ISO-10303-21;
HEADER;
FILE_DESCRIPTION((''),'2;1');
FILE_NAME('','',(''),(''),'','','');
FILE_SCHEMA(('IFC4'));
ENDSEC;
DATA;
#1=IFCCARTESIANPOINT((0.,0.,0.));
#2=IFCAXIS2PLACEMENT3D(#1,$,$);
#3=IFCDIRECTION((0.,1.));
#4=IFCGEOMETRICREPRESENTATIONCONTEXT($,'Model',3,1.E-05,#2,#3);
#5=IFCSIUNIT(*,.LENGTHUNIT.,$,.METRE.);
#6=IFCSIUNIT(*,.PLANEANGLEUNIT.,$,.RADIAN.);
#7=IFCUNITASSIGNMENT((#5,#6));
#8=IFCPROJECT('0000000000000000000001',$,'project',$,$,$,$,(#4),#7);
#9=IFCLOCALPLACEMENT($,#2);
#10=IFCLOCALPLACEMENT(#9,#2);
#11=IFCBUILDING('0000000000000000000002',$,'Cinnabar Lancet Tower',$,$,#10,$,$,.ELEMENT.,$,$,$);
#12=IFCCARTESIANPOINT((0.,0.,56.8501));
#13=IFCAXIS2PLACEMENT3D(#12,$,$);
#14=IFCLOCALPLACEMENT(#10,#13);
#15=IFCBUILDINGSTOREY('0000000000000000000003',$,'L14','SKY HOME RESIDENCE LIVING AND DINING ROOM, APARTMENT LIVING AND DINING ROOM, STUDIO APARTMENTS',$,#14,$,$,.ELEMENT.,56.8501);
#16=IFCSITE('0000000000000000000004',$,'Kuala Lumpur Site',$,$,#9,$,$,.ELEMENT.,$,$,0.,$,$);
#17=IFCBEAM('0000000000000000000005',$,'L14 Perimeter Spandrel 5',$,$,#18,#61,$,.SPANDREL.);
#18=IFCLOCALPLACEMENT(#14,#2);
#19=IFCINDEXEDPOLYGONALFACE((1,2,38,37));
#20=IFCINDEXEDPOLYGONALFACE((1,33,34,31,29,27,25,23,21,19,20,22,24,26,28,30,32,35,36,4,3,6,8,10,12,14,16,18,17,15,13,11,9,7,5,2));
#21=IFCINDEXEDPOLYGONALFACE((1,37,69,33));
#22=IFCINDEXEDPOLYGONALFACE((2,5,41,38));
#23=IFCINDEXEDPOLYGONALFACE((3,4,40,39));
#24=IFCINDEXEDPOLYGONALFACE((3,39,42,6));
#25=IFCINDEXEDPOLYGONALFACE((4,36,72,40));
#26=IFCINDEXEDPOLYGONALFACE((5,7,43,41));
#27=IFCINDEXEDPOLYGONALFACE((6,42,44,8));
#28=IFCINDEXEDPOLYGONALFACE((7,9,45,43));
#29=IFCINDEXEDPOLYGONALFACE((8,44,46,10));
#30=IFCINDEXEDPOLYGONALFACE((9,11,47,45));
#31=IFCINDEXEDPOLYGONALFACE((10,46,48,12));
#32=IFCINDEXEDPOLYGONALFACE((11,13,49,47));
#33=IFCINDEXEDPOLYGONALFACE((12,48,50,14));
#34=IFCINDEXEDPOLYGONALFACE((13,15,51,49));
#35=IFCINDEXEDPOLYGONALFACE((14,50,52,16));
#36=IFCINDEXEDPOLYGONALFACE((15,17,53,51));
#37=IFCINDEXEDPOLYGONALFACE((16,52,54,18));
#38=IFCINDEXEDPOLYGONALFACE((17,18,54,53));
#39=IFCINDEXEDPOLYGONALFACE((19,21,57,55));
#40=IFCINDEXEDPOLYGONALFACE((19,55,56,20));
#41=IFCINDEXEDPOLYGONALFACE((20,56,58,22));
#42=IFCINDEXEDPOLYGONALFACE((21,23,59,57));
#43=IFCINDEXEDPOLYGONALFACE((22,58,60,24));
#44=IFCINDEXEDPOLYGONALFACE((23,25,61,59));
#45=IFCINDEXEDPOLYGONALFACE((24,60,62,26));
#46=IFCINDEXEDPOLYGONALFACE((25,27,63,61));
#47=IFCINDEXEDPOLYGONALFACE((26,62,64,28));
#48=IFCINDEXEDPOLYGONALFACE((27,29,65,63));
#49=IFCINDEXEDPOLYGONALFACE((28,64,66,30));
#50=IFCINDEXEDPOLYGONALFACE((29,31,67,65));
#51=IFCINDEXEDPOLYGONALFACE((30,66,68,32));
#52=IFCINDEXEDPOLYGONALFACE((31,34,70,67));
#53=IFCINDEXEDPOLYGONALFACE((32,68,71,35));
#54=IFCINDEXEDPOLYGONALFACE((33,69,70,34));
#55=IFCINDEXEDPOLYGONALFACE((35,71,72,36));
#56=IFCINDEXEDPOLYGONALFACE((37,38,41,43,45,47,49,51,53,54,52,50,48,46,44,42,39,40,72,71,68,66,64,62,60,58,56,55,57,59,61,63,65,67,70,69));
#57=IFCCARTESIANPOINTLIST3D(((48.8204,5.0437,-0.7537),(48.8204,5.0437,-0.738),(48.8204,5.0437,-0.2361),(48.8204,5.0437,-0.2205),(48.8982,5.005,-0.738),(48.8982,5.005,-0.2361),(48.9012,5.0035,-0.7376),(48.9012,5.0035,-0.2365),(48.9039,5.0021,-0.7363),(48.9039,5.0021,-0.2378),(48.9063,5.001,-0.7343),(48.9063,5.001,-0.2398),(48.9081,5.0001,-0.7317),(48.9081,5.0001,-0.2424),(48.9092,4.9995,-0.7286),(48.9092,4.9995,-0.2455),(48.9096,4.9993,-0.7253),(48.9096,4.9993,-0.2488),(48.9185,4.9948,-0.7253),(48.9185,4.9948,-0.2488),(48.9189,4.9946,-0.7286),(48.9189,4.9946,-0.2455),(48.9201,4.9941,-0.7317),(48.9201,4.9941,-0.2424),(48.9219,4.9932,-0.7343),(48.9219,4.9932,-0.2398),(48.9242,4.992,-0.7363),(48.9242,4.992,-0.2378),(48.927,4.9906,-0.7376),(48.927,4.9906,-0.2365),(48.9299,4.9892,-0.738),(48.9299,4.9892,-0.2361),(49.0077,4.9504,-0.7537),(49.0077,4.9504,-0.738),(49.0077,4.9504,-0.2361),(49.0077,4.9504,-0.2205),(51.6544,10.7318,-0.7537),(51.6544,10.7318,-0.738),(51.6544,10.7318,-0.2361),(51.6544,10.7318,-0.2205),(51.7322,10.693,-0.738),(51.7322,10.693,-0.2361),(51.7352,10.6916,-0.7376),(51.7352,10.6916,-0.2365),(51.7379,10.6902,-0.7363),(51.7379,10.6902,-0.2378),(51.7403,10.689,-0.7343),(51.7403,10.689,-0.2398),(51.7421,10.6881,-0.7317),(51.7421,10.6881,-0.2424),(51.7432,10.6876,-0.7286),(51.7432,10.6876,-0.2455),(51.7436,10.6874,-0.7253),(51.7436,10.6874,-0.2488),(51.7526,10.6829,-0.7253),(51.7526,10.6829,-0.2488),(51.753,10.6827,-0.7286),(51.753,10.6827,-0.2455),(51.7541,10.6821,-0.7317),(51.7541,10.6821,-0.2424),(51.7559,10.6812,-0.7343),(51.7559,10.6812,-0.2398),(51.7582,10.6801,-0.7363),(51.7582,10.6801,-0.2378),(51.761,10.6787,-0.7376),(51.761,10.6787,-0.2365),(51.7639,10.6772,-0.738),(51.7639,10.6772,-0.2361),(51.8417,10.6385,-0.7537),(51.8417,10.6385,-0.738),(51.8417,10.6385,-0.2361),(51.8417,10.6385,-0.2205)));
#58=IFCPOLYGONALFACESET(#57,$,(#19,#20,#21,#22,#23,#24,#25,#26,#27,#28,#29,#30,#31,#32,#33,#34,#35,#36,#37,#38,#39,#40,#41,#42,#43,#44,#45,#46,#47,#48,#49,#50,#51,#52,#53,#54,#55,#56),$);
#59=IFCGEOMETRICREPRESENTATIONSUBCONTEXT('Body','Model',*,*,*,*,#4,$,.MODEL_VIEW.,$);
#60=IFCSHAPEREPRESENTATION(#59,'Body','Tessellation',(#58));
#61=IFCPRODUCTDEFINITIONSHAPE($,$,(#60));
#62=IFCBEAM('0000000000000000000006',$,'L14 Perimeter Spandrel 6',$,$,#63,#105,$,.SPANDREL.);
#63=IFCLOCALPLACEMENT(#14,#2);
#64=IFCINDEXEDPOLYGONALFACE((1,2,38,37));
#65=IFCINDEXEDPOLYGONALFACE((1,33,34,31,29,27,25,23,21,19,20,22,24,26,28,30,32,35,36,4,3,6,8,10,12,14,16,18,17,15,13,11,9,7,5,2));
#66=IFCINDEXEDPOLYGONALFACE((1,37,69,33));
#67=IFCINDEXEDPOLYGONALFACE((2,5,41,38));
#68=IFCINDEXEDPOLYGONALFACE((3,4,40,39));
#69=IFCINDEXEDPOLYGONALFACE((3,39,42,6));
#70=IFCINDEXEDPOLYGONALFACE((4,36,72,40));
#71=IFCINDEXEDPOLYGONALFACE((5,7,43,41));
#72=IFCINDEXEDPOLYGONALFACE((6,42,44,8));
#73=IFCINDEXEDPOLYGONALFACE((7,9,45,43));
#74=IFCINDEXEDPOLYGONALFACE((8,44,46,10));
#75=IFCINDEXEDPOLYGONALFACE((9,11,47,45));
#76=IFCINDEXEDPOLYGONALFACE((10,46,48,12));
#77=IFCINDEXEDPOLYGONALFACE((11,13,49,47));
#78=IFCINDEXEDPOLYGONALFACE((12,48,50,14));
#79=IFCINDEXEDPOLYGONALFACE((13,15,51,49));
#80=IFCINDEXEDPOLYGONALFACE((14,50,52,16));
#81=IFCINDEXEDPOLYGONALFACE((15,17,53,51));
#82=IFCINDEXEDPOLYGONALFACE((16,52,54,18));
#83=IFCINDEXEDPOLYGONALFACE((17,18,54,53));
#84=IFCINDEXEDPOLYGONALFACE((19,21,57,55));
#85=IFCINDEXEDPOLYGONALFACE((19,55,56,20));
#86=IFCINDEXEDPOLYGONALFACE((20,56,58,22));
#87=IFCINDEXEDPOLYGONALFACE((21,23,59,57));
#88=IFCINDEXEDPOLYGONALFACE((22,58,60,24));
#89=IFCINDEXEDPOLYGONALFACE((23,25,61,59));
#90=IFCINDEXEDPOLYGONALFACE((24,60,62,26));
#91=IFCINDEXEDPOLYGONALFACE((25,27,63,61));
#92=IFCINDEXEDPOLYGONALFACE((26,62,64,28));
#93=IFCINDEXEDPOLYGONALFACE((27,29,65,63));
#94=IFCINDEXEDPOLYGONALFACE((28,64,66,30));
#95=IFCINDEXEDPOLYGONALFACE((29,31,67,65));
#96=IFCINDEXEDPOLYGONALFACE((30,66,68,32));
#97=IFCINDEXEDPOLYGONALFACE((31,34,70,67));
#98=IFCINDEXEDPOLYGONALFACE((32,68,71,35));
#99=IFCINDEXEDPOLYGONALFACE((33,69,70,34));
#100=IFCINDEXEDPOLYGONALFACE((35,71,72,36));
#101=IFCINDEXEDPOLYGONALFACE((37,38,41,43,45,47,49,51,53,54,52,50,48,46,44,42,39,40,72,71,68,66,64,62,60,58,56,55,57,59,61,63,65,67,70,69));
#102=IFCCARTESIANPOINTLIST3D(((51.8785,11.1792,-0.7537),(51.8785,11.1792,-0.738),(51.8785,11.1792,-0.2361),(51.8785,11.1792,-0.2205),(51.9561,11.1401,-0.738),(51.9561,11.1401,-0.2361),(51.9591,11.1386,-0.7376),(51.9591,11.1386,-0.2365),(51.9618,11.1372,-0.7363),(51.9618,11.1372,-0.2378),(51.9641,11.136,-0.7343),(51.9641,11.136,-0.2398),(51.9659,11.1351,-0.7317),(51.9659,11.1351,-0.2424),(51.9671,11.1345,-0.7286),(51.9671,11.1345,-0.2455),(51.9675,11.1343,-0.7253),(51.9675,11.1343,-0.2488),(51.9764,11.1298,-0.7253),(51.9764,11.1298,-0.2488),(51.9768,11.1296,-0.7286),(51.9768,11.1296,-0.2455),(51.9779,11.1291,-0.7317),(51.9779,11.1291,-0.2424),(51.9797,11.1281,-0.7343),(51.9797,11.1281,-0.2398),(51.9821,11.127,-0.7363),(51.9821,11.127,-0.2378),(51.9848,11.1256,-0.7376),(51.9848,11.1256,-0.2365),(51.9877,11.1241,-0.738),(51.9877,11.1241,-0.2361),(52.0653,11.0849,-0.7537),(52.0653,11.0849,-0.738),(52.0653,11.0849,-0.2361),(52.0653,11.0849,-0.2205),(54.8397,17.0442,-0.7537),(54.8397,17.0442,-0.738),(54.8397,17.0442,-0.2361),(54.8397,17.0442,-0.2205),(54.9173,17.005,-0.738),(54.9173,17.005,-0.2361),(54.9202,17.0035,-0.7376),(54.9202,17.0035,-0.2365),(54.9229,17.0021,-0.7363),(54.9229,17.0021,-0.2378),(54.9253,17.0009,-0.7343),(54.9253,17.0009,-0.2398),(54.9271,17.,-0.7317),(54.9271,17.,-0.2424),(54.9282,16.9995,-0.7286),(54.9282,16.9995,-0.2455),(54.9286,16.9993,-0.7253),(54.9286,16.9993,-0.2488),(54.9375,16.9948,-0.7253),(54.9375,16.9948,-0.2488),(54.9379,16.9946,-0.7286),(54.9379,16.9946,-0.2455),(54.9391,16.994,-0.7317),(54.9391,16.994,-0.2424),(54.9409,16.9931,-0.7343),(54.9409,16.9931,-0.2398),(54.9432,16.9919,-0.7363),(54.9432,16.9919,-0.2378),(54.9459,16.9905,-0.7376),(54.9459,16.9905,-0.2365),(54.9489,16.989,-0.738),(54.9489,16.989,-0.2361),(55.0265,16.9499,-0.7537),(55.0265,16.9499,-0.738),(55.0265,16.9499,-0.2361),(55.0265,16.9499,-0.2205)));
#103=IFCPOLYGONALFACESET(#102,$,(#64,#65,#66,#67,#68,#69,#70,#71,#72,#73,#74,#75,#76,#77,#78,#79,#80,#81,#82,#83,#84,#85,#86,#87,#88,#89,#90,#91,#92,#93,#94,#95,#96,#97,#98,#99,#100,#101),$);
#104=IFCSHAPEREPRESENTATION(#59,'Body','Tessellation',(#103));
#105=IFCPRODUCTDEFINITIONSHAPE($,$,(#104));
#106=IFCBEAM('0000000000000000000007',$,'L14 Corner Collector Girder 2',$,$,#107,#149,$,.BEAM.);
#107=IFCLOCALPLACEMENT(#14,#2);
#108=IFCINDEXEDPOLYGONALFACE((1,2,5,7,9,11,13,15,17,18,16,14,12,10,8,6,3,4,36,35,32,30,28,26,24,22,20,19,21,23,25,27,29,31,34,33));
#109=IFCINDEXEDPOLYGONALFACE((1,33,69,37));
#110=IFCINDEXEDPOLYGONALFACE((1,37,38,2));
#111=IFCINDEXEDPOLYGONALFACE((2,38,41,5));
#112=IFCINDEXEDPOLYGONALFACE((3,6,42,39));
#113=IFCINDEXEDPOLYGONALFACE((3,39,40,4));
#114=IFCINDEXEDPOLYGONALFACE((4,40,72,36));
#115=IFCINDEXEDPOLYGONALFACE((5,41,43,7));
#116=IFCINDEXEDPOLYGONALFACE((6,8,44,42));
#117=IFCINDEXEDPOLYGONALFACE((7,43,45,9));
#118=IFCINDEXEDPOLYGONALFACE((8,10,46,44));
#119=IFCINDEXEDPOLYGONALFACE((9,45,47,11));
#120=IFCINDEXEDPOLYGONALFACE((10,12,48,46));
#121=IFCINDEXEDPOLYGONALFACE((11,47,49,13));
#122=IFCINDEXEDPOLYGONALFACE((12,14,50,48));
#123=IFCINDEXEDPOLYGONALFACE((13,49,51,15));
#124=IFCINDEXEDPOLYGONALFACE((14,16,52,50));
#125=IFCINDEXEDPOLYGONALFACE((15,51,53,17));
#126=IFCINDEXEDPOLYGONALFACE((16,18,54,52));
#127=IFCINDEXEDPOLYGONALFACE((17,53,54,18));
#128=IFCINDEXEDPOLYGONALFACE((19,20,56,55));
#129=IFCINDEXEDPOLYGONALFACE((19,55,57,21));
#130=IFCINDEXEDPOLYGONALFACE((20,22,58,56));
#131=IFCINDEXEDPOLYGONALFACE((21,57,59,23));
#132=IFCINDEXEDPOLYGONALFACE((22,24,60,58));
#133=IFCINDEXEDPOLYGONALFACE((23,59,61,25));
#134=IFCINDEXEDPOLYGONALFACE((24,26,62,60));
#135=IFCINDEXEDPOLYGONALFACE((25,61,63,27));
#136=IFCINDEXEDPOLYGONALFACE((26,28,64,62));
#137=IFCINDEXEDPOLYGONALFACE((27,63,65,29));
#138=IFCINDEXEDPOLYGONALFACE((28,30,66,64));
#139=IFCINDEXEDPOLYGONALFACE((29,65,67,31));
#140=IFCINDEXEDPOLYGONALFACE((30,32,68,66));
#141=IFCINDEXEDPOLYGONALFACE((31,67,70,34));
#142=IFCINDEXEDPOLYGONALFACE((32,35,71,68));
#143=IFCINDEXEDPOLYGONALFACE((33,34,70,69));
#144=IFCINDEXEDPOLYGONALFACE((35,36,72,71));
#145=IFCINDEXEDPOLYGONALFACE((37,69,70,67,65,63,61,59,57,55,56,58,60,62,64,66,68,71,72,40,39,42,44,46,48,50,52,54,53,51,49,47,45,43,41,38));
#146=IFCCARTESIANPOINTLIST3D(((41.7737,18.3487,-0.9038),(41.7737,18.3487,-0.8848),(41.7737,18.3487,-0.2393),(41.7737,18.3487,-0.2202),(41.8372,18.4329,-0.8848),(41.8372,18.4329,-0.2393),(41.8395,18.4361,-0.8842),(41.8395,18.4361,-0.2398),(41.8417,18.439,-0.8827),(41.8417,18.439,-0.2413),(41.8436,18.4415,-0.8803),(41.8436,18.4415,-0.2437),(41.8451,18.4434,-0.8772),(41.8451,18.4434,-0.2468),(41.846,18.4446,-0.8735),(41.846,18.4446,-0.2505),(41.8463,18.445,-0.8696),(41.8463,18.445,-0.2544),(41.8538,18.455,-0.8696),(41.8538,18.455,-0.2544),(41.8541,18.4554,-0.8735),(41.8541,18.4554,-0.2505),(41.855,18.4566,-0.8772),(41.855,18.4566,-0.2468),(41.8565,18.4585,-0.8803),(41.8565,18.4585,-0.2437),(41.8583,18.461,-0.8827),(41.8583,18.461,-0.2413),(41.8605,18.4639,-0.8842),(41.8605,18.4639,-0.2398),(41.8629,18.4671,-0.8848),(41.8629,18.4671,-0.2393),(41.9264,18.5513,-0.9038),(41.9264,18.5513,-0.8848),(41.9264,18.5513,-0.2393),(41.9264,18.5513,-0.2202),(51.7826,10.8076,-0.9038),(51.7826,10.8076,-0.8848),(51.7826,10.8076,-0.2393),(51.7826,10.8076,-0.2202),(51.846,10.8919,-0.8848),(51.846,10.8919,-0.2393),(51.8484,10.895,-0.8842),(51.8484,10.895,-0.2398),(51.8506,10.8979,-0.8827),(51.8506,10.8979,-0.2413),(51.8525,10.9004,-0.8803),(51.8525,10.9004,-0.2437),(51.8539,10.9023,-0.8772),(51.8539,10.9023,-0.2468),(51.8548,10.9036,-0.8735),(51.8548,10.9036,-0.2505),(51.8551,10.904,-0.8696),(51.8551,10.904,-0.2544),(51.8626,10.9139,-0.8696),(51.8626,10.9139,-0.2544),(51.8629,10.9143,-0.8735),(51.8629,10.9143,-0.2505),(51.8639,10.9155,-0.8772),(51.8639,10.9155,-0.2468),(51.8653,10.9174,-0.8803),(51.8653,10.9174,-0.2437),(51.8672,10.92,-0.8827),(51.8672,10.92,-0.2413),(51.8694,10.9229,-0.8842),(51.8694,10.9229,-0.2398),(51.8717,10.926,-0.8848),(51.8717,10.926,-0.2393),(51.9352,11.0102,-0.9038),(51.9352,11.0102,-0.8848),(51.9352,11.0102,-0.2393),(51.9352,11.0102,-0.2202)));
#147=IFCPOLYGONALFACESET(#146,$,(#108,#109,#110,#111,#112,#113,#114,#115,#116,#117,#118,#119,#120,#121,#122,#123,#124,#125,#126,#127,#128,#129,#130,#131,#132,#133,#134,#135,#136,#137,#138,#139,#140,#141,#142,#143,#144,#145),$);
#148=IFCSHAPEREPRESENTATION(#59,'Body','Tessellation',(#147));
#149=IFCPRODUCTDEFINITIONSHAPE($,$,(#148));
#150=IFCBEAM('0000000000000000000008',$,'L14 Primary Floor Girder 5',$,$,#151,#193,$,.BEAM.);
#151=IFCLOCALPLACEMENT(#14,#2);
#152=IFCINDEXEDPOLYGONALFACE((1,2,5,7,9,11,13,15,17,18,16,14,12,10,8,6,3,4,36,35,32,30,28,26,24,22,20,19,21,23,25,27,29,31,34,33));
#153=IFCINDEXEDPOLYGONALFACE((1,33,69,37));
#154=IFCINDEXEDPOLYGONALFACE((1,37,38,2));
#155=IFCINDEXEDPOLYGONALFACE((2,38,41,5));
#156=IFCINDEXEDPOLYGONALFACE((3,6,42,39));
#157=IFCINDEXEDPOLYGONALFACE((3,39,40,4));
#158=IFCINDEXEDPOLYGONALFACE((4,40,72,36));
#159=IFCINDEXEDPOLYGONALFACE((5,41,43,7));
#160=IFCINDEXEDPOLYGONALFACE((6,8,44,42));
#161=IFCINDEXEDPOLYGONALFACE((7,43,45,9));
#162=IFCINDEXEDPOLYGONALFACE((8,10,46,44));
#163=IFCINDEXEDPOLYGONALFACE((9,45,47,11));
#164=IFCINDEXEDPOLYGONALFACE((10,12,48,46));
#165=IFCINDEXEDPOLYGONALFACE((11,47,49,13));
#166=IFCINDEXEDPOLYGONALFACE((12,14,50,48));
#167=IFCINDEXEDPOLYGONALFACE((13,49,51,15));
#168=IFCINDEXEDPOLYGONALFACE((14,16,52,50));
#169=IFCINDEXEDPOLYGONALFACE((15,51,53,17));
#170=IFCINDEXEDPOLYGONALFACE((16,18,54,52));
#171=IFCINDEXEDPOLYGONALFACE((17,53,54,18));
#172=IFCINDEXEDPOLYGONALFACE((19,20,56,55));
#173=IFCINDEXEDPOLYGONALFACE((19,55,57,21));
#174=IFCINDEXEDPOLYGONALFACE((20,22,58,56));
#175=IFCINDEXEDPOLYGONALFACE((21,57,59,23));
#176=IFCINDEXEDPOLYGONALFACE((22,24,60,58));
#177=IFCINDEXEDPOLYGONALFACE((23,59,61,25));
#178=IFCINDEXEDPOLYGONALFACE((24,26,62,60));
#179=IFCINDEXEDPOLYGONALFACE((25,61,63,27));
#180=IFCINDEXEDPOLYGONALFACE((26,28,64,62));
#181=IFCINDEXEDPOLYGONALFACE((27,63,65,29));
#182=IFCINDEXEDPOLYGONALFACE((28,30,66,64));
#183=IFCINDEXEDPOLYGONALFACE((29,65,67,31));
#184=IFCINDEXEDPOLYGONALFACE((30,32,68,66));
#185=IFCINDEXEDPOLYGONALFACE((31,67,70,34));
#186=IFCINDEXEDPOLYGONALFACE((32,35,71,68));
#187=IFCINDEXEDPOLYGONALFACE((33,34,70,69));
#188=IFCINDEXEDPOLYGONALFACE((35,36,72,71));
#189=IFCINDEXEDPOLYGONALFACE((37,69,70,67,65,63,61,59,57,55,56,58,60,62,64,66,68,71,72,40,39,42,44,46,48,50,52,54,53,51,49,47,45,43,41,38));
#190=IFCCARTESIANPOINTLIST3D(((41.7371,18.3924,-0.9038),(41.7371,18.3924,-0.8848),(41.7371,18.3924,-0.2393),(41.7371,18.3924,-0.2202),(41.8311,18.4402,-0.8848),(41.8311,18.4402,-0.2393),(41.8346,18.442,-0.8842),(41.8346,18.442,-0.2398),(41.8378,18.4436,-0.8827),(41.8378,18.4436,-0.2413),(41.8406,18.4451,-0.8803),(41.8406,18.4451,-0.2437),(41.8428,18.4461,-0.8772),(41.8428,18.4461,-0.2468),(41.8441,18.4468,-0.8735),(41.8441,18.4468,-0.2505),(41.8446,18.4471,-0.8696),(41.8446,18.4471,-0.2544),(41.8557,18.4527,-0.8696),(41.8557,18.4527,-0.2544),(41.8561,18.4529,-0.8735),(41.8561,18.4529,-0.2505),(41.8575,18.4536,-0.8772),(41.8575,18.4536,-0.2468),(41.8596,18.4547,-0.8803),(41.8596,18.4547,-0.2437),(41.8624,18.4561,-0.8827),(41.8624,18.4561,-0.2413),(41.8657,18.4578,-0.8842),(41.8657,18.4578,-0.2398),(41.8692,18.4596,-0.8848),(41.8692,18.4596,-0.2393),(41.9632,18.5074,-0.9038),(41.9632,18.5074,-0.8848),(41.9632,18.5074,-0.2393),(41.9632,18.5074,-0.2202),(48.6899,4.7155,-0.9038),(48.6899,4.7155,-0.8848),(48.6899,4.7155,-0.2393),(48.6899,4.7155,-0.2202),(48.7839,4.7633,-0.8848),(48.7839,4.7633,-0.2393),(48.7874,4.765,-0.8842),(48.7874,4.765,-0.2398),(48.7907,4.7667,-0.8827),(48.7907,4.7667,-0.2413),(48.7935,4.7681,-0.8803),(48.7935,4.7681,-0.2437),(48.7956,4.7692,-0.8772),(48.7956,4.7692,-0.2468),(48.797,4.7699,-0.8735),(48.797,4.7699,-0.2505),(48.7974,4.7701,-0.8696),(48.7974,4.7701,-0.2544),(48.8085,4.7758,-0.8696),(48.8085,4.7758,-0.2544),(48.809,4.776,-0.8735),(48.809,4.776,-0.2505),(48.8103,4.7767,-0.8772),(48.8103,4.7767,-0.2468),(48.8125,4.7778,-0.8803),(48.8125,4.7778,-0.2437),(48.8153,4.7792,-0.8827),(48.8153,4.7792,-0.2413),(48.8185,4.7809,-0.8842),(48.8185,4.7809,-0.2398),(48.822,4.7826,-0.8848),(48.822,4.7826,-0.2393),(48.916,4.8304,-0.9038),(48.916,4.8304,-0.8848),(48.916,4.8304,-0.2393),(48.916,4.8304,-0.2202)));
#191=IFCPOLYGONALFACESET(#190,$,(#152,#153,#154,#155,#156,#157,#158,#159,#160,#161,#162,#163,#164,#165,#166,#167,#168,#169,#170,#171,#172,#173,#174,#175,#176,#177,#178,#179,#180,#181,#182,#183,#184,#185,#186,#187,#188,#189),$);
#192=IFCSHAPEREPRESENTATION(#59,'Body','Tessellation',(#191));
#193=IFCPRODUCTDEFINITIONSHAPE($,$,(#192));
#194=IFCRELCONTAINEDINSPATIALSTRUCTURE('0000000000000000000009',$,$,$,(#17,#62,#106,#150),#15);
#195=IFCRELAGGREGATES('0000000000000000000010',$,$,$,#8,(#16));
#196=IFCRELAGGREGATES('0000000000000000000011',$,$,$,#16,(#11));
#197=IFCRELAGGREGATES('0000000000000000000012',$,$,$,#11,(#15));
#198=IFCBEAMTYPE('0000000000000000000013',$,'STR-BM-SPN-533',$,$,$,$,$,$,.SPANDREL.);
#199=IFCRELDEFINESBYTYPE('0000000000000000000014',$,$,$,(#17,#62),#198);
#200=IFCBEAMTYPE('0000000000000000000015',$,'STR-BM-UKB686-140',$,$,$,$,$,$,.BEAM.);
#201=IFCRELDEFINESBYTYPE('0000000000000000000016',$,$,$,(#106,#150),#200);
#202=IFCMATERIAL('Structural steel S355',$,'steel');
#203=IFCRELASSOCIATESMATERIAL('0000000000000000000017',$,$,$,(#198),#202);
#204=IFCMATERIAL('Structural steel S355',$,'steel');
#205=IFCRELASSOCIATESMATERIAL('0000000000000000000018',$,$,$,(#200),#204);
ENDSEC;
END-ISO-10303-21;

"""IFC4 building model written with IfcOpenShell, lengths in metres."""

from ifc_helpers import new_model, si_unit, direction, frame, origin, origin_2d, place, context, subcontext, project, spatial, i_section, extrude, material, material_profile, profile_set, type_object, element, save


model = new_model("IFC4")

# Units and contexts
model_context = context("Model", 3, precision=1e-05, world=origin(), true_north=direction((0.0, 1.0)))
body_context = subcontext(model_context, "Body", "Model", "MODEL_VIEW")
ifc_project = project(units=[si_unit("LENGTHUNIT", "METRE"), si_unit("PLANEANGLEUNIT", "RADIAN")], contexts=[model_context])

# Site, building, storey
site_placement = place(None, origin())
site = spatial("IfcSite", under=ifc_project, at=site_placement, Name="Kuala Lumpur Site", CompositionType="ELEMENT", RefElevation=0.0)
building_placement = place(site_placement, origin())
building = spatial("IfcBuilding", under=site, at=building_placement, Name="Cinnabar Lancet Tower", CompositionType="ELEMENT")
storey_placement = place(building_placement, frame((0.0, 0.0, 56.8501)))
storey = spatial("IfcBuildingStorey", under=building, at=storey_placement, Name="L14", Description="SKY HOME RESIDENCE LIVING AND DINING ROOM, APARTMENT LIVING AND DINING ROOM, STUDIO APARTMENTS", CompositionType="ELEMENT", Elevation=56.8501)

# Beams
ifc_material_1 = material(Name="Structural steel S355", Category="steel")
ifc_material_profile_1 = material_profile(ifc_material_1, i_section(OverallWidth=0.2092, OverallDepth=0.5332, WebThickness=0.01, FlangeThickness=0.0156, FilletRadius=0.0127, at=origin_2d()), Name="UKB 533x210x92")
ifc_profile_set_1 = profile_set([ifc_material_profile_1], Name="Structural steel S355")
beam_type_1 = type_object("IfcBeamType", Name="STR-BM-SPN-533", PredefinedType="SPANDREL", material=ifc_profile_set_1)
beam_1_placement = place(storey_placement, frame((48.9141, 4.9971, -0.4871), z_axis=(0.445953, 0.895056, 0.0), x_axis=(-0.895056, 0.445953, 0.0)))
element("IfcBeam", 1, at=beam_1_placement, inside=storey, type_object=beam_type_1, Name="L14 Perimeter Spandrel 5", PredefinedType="SPANDREL", context=body_context, shape_type="SweptSolid", body=[
    extrude(i_section(OverallWidth=0.2092, OverallDepth=0.5332, WebThickness=0.01, FlangeThickness=0.0156, FilletRadius=0.0127, at=origin_2d()), origin(), (0.0, 0.0, 1.0), 6.355),
])
beam_2_placement = place(storey_placement, frame((51.9719, 11.1321, -0.4871), z_axis=(0.450703, 0.892674, 0.0), x_axis=(-0.892674, 0.450703, 0.0)))
element("IfcBeam", 2, at=beam_2_placement, inside=storey, type_object=beam_type_1, Name="L14 Perimeter Spandrel 6", PredefinedType="SPANDREL", context=body_context, shape_type="SweptSolid", body=[
    extrude(i_section(OverallWidth=0.2092, OverallDepth=0.5332, WebThickness=0.01, FlangeThickness=0.0156, FilletRadius=0.0127, at=origin_2d()), origin(), (0.0, 0.0, 1.0), 6.5701),
])
ifc_material_2 = material(Name="Structural steel S355", Category="steel")
ifc_material_profile_2 = material_profile(ifc_material_2, i_section(OverallWidth=0.2537, OverallDepth=0.6836, WebThickness=0.0125, FlangeThickness=0.019, FilletRadius=0.0151, at=origin_2d()), Name="UKB 686x254x140")
ifc_profile_set_2 = profile_set([ifc_material_profile_2], Name="Structural steel S355")
beam_type_2 = type_object("IfcBeamType", Name="STR-BM-UKB686-140", PredefinedType="BEAM", material=ifc_profile_set_2)
beam_3_placement = place(storey_placement, frame((51.8589, 10.9089, -0.562), z_axis=(-0.79868, 0.601757, 0.0), x_axis=(-0.601757, -0.79868, 0.0)))
element("IfcBeam", 3, at=beam_3_placement, inside=storey, type_object=beam_type_2, Name="L14 Corner Collector Girder 2", PredefinedType="BEAM", context=body_context, shape_type="SweptSolid", body=[
    extrude(i_section(OverallWidth=0.2537, OverallDepth=0.6836, WebThickness=0.0125, FlangeThickness=0.019, FilletRadius=0.0151, at=origin_2d()), origin(), (0.0, 0.0, 1.0), 12.5317),
])
beam_4_placement = place(storey_placement, frame((48.803, 4.7729, -0.562), z_axis=(-0.453168, 0.891425, 0.0), x_axis=(-0.891425, -0.453168, 0.0)))
element("IfcBeam", 4, at=beam_4_placement, inside=storey, type_object=beam_type_2, Name="L14 Primary Floor Girder 5", PredefinedType="BEAM", context=body_context, shape_type="SweptSolid", body=[
    extrude(i_section(OverallWidth=0.2537, OverallDepth=0.6836, WebThickness=0.0125, FlangeThickness=0.019, FilletRadius=0.0151, at=origin_2d()), origin(), (0.0, 0.0, 1.0), 15.3428),
])

save(model, "model.ifc")
